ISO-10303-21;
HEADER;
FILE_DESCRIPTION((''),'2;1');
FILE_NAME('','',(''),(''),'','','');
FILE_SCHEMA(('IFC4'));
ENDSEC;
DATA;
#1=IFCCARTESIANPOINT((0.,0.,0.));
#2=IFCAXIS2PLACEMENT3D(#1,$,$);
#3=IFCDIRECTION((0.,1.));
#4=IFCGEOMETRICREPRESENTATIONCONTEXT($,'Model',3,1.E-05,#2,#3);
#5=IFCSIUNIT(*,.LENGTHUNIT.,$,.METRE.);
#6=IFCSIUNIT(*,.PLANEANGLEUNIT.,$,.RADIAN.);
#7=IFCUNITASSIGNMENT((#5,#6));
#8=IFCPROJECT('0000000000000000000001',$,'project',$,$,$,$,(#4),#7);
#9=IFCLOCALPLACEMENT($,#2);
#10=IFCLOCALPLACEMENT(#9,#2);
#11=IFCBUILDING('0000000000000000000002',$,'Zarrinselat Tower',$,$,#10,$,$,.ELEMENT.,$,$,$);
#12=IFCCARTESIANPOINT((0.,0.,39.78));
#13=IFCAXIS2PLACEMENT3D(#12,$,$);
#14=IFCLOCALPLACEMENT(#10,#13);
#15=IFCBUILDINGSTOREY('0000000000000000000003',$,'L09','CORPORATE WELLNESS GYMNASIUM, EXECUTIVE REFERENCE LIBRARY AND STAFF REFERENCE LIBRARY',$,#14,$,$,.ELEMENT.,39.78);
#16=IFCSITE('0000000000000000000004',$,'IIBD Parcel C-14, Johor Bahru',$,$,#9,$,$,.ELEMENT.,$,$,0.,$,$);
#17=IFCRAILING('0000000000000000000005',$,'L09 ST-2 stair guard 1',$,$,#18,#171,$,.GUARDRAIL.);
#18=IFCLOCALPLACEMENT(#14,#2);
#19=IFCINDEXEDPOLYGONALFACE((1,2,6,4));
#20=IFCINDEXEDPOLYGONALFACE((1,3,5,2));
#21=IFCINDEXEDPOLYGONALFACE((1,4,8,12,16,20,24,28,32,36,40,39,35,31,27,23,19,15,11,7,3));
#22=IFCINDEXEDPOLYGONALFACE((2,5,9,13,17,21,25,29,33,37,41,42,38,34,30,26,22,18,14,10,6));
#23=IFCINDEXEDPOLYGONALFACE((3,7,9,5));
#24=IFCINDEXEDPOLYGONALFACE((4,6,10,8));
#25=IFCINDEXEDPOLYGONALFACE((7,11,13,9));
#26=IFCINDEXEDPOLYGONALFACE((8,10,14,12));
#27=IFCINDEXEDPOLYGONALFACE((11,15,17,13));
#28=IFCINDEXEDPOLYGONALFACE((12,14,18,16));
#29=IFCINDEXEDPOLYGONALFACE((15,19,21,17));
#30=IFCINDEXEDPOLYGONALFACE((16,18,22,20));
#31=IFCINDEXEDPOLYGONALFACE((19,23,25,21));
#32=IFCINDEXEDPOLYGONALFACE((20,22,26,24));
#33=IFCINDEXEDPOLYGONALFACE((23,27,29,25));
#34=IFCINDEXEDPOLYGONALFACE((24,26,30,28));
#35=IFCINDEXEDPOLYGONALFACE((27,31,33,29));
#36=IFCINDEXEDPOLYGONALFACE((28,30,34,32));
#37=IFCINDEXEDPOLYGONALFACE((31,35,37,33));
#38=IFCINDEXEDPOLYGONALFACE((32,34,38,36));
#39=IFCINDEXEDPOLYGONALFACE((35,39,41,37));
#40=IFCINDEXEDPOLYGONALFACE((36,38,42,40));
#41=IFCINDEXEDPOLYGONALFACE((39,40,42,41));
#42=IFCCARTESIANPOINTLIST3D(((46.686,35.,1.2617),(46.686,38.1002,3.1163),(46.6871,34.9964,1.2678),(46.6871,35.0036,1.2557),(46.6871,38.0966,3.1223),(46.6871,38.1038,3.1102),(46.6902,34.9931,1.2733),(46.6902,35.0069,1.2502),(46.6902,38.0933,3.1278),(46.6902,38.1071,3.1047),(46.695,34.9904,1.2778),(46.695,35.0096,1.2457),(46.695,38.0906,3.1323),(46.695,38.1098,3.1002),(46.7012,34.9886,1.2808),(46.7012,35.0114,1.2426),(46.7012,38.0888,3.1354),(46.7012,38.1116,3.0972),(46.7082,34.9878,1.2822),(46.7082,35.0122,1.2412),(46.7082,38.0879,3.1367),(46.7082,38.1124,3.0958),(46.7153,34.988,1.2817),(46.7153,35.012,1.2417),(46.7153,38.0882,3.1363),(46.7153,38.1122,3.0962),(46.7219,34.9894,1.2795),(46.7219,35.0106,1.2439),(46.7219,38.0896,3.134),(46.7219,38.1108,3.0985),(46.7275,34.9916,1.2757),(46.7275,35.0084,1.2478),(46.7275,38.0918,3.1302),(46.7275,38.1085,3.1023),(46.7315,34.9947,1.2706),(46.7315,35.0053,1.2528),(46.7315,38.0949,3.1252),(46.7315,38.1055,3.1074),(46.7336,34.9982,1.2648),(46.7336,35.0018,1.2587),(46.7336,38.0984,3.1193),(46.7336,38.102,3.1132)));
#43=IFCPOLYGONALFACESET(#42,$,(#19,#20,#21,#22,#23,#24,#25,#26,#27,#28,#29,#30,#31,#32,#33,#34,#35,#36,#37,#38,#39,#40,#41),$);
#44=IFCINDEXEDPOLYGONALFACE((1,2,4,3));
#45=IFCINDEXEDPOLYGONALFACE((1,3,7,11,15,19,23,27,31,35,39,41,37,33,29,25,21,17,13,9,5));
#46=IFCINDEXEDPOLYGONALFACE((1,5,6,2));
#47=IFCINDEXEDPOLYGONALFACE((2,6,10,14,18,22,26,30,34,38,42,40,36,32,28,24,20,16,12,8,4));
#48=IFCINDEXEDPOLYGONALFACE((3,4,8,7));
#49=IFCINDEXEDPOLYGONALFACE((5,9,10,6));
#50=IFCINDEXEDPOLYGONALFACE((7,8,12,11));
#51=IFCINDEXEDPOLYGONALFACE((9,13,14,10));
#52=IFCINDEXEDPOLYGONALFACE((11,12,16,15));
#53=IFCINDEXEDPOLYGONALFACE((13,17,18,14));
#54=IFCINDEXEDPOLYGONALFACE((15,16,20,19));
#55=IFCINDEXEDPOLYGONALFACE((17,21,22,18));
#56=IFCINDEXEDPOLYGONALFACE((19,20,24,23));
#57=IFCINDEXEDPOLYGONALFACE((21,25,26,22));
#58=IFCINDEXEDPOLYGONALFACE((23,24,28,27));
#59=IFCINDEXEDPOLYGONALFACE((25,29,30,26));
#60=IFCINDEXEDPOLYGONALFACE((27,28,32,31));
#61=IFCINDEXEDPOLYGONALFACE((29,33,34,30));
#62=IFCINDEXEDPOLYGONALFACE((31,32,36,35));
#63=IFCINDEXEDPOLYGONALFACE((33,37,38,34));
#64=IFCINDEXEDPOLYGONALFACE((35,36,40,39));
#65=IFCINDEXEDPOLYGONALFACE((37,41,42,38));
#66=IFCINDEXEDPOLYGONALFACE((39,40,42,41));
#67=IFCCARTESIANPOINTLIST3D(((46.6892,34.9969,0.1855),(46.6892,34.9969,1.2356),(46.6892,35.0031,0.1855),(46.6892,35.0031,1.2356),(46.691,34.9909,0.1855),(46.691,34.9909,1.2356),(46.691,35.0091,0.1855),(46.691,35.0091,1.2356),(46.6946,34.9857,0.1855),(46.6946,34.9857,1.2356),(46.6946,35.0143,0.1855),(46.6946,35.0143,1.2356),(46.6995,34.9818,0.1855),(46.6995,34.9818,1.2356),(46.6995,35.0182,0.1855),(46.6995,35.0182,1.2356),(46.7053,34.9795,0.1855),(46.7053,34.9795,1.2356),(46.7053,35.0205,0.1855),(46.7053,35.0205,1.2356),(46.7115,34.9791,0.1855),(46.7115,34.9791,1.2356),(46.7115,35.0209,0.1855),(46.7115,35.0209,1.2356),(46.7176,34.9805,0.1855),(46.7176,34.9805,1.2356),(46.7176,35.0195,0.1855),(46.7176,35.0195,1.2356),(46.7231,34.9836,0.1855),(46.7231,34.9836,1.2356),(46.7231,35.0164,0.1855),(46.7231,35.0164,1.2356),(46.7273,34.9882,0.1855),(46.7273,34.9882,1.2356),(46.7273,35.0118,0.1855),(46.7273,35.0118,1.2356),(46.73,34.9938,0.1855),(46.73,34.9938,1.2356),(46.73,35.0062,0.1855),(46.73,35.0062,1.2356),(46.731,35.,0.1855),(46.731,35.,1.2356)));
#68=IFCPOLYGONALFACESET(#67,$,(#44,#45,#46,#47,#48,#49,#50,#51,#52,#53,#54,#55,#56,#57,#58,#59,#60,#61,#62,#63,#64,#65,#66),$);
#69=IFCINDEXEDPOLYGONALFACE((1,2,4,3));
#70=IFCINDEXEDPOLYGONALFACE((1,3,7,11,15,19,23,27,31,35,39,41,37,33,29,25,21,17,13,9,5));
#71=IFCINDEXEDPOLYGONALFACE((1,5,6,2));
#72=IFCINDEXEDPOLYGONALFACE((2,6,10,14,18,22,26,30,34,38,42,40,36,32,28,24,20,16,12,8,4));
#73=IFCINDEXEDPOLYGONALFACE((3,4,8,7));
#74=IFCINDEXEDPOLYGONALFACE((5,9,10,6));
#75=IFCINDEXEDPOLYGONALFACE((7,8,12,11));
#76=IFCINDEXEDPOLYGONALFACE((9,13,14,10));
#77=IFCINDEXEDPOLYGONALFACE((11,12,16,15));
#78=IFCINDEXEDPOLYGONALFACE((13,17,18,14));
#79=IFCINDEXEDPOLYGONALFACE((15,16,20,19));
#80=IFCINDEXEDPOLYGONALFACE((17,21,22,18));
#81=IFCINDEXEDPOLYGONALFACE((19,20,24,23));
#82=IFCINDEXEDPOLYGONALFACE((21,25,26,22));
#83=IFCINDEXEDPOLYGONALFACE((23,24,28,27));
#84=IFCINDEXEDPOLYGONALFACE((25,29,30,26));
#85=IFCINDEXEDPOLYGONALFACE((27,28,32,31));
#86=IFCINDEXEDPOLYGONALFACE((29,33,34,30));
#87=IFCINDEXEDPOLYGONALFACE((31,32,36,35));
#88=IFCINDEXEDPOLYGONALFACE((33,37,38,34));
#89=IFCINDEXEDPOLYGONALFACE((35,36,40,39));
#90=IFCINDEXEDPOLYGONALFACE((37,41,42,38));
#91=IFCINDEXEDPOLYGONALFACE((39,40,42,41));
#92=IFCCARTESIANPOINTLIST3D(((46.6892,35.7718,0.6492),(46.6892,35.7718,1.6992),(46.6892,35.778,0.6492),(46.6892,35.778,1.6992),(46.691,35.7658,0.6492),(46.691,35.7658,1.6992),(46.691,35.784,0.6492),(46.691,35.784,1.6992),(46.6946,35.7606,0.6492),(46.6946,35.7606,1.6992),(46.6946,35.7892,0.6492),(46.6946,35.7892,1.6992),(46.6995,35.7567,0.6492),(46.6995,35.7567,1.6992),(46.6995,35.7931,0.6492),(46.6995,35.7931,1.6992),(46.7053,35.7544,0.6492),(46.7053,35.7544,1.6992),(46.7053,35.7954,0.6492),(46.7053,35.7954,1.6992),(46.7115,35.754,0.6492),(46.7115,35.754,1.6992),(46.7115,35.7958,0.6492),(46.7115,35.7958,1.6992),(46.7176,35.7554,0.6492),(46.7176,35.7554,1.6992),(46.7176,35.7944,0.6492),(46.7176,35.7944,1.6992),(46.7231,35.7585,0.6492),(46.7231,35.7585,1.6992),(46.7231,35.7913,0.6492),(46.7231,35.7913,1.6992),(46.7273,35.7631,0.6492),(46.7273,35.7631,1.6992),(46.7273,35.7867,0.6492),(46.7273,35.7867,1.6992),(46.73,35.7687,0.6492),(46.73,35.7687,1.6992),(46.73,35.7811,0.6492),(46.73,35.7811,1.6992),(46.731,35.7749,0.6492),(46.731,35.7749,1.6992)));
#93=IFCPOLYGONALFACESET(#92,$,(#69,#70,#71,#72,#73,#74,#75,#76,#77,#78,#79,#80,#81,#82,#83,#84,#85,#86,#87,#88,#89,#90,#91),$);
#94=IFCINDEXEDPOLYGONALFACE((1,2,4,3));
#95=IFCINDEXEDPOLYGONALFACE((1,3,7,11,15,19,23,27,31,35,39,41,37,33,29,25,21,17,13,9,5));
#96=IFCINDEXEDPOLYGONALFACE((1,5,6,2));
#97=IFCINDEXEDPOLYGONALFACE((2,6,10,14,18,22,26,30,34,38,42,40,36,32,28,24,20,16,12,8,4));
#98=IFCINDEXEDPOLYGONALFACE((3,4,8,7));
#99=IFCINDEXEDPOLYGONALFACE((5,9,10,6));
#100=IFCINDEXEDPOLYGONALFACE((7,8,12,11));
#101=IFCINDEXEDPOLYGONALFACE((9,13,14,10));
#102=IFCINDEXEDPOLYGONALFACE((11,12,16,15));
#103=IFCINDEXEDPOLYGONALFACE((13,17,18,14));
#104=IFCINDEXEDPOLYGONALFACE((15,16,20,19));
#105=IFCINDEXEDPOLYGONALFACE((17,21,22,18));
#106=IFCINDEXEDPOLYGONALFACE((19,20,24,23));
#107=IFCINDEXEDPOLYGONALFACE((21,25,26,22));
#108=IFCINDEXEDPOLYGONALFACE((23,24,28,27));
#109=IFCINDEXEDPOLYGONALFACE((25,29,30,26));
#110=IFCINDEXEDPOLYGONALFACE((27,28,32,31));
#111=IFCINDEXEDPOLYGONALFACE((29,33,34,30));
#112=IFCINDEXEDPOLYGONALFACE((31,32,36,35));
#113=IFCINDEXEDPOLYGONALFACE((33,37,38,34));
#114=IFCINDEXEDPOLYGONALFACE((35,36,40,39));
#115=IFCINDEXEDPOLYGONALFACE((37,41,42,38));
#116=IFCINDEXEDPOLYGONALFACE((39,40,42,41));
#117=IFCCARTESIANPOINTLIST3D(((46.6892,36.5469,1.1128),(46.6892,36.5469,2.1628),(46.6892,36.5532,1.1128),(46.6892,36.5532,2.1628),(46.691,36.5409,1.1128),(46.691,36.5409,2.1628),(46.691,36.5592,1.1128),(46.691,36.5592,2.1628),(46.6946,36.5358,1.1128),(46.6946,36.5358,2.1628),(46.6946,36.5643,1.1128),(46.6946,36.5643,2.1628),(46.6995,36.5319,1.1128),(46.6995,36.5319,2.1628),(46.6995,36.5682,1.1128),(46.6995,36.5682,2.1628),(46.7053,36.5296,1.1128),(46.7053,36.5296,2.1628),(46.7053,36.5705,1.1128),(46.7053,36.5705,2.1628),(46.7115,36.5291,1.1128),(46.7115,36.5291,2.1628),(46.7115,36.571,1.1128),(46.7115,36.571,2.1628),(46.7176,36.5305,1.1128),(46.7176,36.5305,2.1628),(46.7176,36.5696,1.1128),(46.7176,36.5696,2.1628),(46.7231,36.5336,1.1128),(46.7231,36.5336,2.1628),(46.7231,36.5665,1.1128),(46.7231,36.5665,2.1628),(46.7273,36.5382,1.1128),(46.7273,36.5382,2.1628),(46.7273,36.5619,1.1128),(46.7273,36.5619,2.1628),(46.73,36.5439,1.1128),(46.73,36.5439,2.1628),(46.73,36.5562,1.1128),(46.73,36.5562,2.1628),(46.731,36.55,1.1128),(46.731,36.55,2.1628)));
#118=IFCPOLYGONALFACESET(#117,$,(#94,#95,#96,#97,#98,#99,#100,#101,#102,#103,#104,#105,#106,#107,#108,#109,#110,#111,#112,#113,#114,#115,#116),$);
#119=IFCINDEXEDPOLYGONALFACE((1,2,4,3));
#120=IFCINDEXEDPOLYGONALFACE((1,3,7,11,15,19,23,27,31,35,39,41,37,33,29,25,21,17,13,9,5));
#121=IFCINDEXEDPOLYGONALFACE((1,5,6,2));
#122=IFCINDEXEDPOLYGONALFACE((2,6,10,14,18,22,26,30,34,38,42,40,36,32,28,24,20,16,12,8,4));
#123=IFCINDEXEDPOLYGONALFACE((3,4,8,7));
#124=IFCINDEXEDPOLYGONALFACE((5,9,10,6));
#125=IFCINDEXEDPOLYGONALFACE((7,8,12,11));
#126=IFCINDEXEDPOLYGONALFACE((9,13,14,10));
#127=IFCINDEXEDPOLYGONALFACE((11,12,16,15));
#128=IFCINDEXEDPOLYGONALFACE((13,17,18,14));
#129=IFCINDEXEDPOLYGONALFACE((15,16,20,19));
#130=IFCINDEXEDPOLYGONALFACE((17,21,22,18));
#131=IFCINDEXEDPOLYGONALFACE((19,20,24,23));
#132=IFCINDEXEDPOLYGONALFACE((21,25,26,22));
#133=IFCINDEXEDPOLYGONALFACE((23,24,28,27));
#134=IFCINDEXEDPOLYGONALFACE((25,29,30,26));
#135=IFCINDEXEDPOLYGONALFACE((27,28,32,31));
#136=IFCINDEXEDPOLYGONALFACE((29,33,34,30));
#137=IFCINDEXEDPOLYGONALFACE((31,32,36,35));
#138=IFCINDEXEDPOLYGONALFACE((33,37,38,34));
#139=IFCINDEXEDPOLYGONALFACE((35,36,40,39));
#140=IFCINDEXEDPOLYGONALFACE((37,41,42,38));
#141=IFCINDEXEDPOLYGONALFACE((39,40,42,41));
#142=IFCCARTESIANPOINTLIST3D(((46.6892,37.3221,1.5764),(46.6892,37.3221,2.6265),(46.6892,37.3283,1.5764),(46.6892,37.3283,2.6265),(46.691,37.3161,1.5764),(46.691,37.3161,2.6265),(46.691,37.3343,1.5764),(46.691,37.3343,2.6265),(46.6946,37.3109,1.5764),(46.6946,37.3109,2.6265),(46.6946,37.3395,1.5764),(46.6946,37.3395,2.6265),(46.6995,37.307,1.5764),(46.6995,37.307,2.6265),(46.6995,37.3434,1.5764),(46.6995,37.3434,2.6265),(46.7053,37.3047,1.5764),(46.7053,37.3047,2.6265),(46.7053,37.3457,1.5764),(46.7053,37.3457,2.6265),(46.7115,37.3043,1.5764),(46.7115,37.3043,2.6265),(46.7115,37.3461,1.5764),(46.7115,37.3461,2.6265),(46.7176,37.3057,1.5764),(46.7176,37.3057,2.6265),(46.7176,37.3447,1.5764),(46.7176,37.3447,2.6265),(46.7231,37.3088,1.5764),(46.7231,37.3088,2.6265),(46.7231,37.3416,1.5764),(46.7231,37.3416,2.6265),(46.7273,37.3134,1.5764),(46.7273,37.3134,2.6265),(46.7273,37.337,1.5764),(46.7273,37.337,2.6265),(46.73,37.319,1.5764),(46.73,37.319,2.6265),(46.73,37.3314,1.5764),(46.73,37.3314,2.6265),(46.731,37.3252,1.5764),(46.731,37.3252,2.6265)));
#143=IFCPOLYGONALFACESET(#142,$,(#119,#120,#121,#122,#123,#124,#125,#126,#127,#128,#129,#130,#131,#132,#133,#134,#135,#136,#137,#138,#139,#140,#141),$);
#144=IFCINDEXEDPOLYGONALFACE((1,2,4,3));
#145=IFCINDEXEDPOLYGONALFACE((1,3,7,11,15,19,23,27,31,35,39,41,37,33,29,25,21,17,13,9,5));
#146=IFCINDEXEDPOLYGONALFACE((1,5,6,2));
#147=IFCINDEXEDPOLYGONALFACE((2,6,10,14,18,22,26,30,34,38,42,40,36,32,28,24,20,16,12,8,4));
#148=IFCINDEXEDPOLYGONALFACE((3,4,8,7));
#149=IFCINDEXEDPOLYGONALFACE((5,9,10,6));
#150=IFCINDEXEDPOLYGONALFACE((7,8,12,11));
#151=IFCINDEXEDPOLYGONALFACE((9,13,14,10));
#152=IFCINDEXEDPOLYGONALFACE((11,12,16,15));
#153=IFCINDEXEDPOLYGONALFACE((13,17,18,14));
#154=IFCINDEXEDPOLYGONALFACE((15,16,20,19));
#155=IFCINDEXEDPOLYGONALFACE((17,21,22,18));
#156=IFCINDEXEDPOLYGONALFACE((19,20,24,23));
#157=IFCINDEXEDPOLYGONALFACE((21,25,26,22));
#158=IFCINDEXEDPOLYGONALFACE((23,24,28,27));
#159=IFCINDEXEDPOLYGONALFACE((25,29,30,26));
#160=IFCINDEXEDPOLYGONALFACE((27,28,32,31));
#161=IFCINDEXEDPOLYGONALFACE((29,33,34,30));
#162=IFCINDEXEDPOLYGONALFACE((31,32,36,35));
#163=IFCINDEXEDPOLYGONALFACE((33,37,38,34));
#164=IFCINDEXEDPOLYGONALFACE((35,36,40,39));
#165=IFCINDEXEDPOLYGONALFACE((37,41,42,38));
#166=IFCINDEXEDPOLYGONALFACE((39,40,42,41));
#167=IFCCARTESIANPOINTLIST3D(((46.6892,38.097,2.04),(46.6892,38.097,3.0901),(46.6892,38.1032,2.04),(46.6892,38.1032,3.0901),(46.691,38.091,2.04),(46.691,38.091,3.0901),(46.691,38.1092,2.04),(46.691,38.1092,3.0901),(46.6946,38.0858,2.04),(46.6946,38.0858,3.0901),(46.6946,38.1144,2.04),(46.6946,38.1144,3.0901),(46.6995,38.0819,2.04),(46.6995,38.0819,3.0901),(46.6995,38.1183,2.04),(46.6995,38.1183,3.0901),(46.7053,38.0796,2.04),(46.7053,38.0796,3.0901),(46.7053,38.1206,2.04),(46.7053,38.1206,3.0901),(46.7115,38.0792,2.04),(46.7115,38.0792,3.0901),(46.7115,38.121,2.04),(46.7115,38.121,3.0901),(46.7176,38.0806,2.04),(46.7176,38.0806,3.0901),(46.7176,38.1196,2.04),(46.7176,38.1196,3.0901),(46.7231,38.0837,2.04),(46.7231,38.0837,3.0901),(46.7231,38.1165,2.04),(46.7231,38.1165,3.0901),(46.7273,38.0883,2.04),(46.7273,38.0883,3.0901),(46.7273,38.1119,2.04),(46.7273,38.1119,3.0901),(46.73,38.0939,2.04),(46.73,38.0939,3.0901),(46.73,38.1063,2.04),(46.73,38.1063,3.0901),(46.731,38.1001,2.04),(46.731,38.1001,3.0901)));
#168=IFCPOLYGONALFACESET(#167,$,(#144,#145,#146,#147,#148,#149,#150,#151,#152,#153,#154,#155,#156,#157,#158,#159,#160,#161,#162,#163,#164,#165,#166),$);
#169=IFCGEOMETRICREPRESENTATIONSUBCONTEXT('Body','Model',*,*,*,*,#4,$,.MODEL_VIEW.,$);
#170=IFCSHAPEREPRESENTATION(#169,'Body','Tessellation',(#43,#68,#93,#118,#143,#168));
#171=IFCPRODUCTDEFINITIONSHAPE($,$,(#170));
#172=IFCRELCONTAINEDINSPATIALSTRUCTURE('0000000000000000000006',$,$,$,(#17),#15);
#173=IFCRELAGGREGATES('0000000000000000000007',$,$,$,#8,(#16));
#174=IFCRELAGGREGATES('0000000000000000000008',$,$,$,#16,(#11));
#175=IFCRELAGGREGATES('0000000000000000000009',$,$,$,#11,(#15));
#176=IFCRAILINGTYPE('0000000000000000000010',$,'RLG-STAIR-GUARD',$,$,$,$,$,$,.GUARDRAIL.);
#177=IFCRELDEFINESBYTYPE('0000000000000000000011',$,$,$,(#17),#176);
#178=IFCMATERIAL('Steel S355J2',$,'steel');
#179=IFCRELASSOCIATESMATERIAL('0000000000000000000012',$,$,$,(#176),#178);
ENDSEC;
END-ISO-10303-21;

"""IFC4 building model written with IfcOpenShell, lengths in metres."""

from ifc_helpers import new_model, si_unit, direction, frame, origin, origin_2d, place, context, subcontext, project, spatial, circle, extrude, material, type_object, element, save


model = new_model("IFC4")

# Units and contexts
model_context = context("Model", 3, precision=1e-05, world=origin(), true_north=direction((0.0, 1.0)))
body_context = subcontext(model_context, "Body", "Model", "MODEL_VIEW")
ifc_project = project(units=[si_unit("LENGTHUNIT", "METRE"), si_unit("PLANEANGLEUNIT", "RADIAN")], contexts=[model_context])

# Site, building, storey
site_placement = place(None, origin())
site = spatial("IfcSite", under=ifc_project, at=site_placement, Name="IIBD Parcel C-14, Johor Bahru", CompositionType="ELEMENT", RefElevation=0.0)
building_placement = place(site_placement, origin())
building = spatial("IfcBuilding", under=site, at=building_placement, Name="Zarrinselat Tower", CompositionType="ELEMENT")
storey_placement = place(building_placement, frame((0.0, 0.0, 39.78)))
storey = spatial("IfcBuildingStorey", under=building, at=storey_placement, Name="L09", Description="CORPORATE WELLNESS GYMNASIUM, EXECUTIVE REFERENCE LIBRARY AND STAFF REFERENCE LIBRARY", CompositionType="ELEMENT", Elevation=39.78)

# Railing
ifc_material_1 = material(Name="Steel S355J2", Category="steel")
railing_type_1 = type_object("IfcRailingType", Name="RLG-STAIR-GUARD", PredefinedType="GUARDRAIL", material=ifc_material_1)
railing_1_placement = place(storey_placement, frame((46.71, 35.0, 0.1855)))
element("IfcRailing", 1, at=railing_1_placement, inside=storey, type_object=railing_type_1, Name="L09 ST-2 stair guard 1", PredefinedType="GUARDRAIL", context=body_context, shape_type="SweptSolid", body=[
    extrude(circle(Radius=0.0239, at=origin_2d()), frame((0.0, 0.0, 1.0762), z_axis=(0.0, 0.858172, 0.513362), x_axis=(-1.0, 0.0, 0.0)), (0.0, 0.0, 1.0), 3.6125),
    extrude(circle(Radius=0.021, at=origin_2d()), origin(), (0.0, 0.0, 1.0), 1.05),
    extrude(circle(Radius=0.021, at=origin_2d()), frame((0.0, 0.7749, 0.4636)), (0.0, 0.0, 1.0), 1.05),
    extrude(circle(Radius=0.021, at=origin_2d()), frame((0.0, 1.55, 0.9272)), (0.0, 0.0, 1.0), 1.05),
    extrude(circle(Radius=0.021, at=origin_2d()), frame((0.0, 2.3252, 1.3909)), (0.0, 0.0, 1.0), 1.05),
    extrude(circle(Radius=0.021, at=origin_2d()), frame((0.0, 3.1001, 1.8545)), (0.0, 0.0, 1.0), 1.05),
])

save(model, "model.ifc")
